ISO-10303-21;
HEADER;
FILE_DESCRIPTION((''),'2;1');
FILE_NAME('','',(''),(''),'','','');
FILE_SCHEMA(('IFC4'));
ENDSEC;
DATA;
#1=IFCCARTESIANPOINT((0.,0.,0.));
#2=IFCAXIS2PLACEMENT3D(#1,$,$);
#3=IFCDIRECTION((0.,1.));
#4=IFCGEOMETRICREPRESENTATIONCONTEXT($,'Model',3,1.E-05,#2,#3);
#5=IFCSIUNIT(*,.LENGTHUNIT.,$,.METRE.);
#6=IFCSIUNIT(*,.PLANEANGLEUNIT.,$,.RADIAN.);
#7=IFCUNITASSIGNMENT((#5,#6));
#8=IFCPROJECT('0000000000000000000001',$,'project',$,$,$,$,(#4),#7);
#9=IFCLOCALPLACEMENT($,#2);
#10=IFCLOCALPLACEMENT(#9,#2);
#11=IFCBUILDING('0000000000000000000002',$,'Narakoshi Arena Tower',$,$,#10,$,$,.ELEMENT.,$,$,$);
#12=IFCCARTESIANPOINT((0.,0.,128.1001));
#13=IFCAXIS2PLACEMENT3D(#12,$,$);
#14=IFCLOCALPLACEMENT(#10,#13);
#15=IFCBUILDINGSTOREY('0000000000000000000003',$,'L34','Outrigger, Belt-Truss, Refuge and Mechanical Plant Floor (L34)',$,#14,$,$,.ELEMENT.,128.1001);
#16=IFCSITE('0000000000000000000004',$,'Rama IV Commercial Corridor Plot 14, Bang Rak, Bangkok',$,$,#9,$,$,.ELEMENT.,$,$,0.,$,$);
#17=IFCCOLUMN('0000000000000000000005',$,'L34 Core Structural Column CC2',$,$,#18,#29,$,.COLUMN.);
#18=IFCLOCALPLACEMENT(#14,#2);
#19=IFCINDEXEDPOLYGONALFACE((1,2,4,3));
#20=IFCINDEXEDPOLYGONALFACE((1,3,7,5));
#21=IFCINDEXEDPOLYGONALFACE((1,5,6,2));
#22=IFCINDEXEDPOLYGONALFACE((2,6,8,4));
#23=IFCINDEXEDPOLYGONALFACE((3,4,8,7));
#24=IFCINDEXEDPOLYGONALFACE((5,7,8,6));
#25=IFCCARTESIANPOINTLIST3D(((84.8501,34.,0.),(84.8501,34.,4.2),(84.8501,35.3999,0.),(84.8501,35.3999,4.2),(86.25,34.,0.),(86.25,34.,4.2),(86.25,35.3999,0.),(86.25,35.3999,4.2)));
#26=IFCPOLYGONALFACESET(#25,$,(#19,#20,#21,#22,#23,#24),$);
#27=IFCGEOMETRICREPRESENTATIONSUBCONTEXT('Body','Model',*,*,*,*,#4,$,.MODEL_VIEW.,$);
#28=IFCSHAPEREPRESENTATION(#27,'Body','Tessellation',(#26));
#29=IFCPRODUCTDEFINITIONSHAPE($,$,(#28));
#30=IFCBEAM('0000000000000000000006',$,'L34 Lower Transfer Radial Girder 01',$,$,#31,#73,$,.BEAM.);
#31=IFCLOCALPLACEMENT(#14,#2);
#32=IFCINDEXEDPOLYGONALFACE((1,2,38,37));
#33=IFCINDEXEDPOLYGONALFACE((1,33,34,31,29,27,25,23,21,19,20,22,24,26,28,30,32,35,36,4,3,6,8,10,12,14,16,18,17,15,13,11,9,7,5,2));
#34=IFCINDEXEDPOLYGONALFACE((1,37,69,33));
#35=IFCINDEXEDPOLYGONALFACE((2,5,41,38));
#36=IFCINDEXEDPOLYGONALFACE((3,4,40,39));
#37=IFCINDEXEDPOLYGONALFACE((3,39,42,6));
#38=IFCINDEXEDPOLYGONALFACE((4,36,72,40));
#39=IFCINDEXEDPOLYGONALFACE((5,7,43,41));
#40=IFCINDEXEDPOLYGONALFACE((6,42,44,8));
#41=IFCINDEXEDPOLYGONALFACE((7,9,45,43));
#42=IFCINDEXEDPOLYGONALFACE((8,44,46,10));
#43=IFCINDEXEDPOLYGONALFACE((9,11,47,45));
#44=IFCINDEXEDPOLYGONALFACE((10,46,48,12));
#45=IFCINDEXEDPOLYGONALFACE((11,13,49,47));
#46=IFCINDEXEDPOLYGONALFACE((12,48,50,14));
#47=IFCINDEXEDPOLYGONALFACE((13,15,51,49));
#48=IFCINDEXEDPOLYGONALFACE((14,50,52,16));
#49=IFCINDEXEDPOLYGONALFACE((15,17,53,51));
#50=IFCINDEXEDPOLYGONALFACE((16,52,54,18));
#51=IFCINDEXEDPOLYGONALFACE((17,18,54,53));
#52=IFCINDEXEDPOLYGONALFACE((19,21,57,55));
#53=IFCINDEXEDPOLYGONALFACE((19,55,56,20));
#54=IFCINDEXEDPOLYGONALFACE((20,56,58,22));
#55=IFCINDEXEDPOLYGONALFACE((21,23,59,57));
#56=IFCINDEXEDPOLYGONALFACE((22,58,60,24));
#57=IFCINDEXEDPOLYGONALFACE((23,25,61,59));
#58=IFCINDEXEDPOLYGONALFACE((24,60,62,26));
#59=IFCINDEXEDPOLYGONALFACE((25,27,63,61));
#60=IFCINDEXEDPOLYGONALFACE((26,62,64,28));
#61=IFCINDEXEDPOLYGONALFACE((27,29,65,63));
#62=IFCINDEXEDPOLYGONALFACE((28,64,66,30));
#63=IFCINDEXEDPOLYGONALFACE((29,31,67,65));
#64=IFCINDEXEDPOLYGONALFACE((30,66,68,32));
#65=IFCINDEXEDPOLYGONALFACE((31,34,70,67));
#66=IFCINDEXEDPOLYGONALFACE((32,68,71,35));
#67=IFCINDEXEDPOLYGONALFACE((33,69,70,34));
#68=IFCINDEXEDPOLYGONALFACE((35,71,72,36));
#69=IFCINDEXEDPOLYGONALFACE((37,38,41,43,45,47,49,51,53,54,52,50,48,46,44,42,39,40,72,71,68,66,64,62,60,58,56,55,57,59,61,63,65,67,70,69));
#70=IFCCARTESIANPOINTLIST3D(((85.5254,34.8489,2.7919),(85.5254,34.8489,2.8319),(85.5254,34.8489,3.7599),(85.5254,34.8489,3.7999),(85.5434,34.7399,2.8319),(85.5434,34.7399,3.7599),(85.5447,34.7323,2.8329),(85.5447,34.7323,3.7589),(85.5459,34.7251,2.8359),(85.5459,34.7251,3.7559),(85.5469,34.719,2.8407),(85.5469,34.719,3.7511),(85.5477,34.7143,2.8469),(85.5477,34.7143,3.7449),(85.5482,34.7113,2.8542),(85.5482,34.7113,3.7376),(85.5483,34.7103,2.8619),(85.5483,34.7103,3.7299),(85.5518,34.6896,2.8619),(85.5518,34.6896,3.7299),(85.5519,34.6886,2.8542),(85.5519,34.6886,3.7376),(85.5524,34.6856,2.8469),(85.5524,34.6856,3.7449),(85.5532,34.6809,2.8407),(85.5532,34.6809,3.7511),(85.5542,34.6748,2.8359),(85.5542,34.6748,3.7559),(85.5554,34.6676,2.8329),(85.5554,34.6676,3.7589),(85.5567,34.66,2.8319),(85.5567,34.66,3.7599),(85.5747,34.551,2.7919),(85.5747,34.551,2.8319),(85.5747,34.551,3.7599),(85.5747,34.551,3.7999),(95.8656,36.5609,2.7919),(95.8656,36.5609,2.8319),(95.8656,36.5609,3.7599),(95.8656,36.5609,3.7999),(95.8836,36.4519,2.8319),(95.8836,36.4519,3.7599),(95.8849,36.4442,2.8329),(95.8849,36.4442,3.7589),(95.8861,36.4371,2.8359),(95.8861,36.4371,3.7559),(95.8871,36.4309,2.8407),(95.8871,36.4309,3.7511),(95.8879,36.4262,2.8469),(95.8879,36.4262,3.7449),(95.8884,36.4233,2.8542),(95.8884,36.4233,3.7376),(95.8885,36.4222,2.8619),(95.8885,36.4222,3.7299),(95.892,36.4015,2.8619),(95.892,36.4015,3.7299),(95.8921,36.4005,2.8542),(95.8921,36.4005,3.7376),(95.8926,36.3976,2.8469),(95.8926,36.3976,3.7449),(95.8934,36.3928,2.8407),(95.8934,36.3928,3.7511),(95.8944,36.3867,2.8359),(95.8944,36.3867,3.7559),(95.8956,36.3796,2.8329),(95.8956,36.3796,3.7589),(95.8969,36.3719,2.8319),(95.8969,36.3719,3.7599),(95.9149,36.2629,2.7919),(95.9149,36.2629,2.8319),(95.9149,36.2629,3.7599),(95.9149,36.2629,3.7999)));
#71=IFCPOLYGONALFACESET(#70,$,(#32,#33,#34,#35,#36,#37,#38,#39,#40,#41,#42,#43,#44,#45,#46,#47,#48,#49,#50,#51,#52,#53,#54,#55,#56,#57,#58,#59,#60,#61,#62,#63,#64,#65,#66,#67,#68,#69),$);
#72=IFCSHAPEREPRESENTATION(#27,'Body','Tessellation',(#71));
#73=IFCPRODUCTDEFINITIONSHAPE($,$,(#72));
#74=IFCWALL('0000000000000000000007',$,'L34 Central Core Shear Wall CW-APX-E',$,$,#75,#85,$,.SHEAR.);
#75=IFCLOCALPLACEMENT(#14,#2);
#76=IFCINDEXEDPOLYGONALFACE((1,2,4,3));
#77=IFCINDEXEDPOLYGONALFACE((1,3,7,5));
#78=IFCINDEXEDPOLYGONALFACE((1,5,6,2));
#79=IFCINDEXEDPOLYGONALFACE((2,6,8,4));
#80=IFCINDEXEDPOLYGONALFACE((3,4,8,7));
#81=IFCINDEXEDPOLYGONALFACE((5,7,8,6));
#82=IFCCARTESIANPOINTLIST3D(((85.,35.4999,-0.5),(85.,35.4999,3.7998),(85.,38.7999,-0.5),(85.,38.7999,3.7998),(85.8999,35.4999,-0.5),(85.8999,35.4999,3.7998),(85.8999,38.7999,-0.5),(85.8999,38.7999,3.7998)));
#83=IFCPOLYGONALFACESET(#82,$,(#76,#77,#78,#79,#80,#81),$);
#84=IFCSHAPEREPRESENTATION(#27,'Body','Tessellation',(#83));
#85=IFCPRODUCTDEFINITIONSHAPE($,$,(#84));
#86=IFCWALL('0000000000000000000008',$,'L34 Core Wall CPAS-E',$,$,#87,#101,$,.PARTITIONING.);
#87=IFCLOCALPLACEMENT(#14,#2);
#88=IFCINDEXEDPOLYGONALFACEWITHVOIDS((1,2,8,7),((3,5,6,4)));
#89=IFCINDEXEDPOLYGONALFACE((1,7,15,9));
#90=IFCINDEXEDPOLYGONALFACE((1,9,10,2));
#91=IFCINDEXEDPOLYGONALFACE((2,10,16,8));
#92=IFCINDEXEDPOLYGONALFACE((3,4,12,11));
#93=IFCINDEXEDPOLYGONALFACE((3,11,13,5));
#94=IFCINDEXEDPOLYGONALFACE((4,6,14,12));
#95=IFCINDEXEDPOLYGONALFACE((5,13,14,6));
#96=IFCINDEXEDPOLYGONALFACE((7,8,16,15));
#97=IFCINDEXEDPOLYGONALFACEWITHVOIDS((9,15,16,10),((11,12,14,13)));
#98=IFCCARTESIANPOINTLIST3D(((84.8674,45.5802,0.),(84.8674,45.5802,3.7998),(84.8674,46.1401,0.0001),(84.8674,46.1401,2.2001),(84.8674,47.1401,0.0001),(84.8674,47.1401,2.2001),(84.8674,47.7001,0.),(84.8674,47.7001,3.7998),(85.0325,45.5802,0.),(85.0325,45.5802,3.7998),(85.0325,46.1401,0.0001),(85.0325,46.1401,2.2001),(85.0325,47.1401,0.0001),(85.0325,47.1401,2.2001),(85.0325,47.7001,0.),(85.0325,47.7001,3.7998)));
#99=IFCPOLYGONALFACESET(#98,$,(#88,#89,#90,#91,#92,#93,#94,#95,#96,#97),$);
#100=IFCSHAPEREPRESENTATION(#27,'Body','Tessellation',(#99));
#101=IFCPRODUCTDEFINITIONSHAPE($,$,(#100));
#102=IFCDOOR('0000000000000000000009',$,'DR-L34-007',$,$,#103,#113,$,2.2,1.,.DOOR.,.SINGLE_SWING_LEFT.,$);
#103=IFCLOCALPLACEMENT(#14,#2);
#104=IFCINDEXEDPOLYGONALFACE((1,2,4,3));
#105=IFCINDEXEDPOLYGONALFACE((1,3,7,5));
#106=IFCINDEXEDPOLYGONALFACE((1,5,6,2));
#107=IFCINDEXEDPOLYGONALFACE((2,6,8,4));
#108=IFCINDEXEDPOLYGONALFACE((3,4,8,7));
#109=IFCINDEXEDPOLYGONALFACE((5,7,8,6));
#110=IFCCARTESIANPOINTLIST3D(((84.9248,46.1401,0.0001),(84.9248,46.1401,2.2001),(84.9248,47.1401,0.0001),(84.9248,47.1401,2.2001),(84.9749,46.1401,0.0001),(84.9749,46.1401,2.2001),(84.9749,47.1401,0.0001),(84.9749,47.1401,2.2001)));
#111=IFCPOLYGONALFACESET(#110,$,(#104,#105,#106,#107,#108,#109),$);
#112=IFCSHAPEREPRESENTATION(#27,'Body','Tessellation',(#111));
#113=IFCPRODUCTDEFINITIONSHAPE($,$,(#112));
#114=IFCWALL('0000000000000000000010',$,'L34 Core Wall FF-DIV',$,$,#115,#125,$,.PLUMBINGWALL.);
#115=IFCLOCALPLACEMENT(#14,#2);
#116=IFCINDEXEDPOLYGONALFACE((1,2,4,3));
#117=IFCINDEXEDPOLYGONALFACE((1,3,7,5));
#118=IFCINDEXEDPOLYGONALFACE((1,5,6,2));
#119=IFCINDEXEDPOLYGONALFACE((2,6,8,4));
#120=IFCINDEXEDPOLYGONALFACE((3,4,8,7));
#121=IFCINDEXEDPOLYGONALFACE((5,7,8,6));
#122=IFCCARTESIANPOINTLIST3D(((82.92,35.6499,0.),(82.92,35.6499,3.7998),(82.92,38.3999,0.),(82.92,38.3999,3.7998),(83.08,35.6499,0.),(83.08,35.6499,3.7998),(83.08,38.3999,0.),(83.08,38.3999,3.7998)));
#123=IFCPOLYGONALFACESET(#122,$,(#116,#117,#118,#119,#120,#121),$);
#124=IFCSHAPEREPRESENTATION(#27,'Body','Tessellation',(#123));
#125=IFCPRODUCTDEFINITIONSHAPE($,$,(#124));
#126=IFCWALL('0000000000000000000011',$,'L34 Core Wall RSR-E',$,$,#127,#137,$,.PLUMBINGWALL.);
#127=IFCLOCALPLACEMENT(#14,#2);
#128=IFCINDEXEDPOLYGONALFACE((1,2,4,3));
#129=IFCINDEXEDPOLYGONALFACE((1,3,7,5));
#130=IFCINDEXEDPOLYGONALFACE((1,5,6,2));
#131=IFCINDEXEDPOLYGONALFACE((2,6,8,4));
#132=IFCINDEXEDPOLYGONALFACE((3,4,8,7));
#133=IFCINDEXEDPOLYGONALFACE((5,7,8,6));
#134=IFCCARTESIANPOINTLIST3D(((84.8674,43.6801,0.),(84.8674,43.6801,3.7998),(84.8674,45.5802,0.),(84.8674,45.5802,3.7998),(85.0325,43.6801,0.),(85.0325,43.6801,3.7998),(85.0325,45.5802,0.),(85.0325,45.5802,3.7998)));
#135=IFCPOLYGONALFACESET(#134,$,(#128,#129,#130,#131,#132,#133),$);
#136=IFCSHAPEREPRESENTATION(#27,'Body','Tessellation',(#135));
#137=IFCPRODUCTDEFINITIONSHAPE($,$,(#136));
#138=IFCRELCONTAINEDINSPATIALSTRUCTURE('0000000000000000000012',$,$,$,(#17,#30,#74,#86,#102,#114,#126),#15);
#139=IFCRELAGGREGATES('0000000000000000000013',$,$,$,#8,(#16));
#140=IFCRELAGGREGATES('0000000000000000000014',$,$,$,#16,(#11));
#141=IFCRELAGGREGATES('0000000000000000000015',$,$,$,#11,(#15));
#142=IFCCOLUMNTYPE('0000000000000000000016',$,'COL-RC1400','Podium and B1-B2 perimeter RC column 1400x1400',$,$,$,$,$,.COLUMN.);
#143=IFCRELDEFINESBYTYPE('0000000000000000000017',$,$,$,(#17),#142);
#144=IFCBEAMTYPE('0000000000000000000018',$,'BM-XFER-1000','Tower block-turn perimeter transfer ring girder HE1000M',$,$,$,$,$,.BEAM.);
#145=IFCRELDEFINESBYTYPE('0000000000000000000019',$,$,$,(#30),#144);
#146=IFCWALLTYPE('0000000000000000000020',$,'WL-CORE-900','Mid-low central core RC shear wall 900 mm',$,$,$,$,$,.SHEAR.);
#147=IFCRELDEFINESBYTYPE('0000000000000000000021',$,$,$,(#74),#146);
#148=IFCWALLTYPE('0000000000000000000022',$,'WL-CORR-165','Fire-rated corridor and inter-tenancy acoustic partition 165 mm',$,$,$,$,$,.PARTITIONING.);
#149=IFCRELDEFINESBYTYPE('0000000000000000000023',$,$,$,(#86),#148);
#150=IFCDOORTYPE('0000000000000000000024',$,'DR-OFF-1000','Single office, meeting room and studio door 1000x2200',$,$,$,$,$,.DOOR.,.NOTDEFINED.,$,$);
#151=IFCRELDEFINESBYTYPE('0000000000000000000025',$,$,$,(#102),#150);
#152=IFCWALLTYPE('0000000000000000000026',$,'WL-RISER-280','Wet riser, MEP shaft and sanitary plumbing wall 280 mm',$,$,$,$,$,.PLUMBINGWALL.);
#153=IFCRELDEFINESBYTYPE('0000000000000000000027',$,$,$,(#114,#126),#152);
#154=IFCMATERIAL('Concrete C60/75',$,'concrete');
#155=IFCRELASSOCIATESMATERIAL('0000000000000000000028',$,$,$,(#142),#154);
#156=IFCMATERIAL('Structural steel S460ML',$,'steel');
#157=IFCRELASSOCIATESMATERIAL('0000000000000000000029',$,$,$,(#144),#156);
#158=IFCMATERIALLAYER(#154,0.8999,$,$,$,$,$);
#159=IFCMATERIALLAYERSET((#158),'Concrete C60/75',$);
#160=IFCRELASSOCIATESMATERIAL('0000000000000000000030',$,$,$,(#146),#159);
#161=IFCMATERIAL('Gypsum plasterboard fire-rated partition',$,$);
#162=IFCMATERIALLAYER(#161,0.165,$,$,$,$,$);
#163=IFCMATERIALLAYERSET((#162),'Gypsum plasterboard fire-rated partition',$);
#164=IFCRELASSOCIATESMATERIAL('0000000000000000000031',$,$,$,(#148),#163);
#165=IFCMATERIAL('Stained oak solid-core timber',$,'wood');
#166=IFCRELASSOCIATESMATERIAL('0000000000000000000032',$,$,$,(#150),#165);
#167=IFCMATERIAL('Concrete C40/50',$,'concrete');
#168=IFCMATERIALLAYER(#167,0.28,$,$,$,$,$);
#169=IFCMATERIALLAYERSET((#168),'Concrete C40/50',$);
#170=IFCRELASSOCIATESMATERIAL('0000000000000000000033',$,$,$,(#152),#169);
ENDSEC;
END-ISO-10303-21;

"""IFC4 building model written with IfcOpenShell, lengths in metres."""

from ifc_helpers import new_model, si_unit, direction, frame, frame_2d, origin, origin_2d, place, context, subcontext, project, spatial, rectangle, i_section, extrude, material, layer, layer_set, material_profile, profile_set, type_object, element, fill, save


model = new_model("IFC4")

# Units and contexts
model_context = context("Model", 3, precision=1e-05, world=origin(), true_north=direction((0.0, 1.0)))
body_context = subcontext(model_context, "Body", "Model", "MODEL_VIEW")
ifc_project = project(units=[si_unit("LENGTHUNIT", "METRE"), si_unit("PLANEANGLEUNIT", "RADIAN")], contexts=[model_context])

# Site, building, storey
site_placement = place(None, origin())
site = spatial("IfcSite", under=ifc_project, at=site_placement, Name="Rama IV Commercial Corridor Plot 14, Bang Rak, Bangkok", CompositionType="ELEMENT", RefElevation=0.0)
building_placement = place(site_placement, origin())
building = spatial("IfcBuilding", under=site, at=building_placement, Name="Narakoshi Arena Tower", CompositionType="ELEMENT")
storey_placement = place(building_placement, frame((0.0, 0.0, 128.1001)))
storey = spatial("IfcBuildingStorey", under=building, at=storey_placement, Name="L34", Description="Outrigger, Belt-Truss, Refuge and Mechanical Plant Floor (L34)", CompositionType="ELEMENT", Elevation=128.1001)

# Column
ifc_material_1 = material(Name="Concrete C60/75", Category="concrete")
ifc_material_profile_1 = material_profile(ifc_material_1, rectangle(XDim=1.3999, YDim=1.3999, at=origin_2d()), Name="RC1400x1400")
ifc_profile_set_1 = profile_set([ifc_material_profile_1], Name="Concrete C60/75")
column_type = type_object("IfcColumnType", Name="COL-RC1400", Description="Podium and B1-B2 perimeter RC column 1400x1400", PredefinedType="COLUMN", material=ifc_profile_set_1)
column_placement = place(storey_placement, frame((85.55, 34.7, 0.0), z_axis=(0.0, 0.0, 1.0), x_axis=(1.0, 0.0, 0.0)))
element("IfcColumn", 1, at=column_placement, inside=storey, type_object=column_type, Name="L34 Core Structural Column CC2", PredefinedType="COLUMN", context=body_context, shape_type="SweptSolid", body=[
    extrude(rectangle(XDim=1.3999, YDim=1.3999, at=origin_2d()), origin(), (0.0, 0.0, 1.0), 4.2),
])

# Beam
ifc_material_2 = material(Name="Structural steel S460ML", Category="steel")
ifc_material_profile_2 = material_profile(ifc_material_2, i_section(OverallWidth=0.302, OverallDepth=1.0081, WebThickness=0.021, FlangeThickness=0.04, FilletRadius=0.03, at=origin_2d()), Name="HE1000M")
ifc_profile_set_2 = profile_set([ifc_material_profile_2], Name="Structural steel S460ML")
beam_type = type_object("IfcBeamType", Name="BM-XFER-1000", Description="Tower block-turn perimeter transfer ring girder HE1000M", PredefinedType="BEAM", material=ifc_profile_set_2)
beam_placement = place(storey_placement, frame((85.55, 34.7, 3.2959), z_axis=(0.98657, 0.163337, 0.0), x_axis=(-0.163337, 0.98657, 0.0)))
element("IfcBeam", 2, at=beam_placement, inside=storey, type_object=beam_type, Name="L34 Lower Transfer Radial Girder 01", PredefinedType="BEAM", context=body_context, shape_type="SweptSolid", body=[
    extrude(i_section(OverallWidth=0.302, OverallDepth=1.0081, WebThickness=0.021, FlangeThickness=0.04, FilletRadius=0.03, at=origin_2d()), origin(), (0.0, 0.0, 1.0), 10.481),
])

# Wall
ifc_layer_1 = layer(ifc_material_1, 0.8999)
ifc_layer_set_1 = layer_set([ifc_layer_1], Name="Concrete C60/75")
wall_type_1 = type_object("IfcWallType", Name="WL-CORE-900", Description="Mid-low central core RC shear wall 900 mm", PredefinedType="SHEAR", material=ifc_layer_set_1)
wall_1_placement = place(storey_placement, frame((85.45, 35.5, -0.5), z_axis=(0.0, 0.0, 1.0), x_axis=(0.0, 1.0, 0.0)))
element("IfcWall", 3, at=wall_1_placement, inside=storey, type_object=wall_type_1, Name="L34 Central Core Shear Wall CW-APX-E", PredefinedType="SHEAR", context=body_context, shape_type="SweptSolid", body=[
    extrude(rectangle(XDim=3.3, YDim=0.8999, at=frame_2d((1.6499, 0.0))), origin(), (0.0, 0.0, 1.0), 4.2998),
])

# Wall, opening, door
ifc_material_3 = material(Name="Gypsum plasterboard fire-rated partition")
ifc_layer_2 = layer(ifc_material_3, 0.165)
ifc_layer_set_2 = layer_set([ifc_layer_2], Name="Gypsum plasterboard fire-rated partition")
wall_type_2 = type_object("IfcWallType", Name="WL-CORR-165", Description="Fire-rated corridor and inter-tenancy acoustic partition 165 mm", PredefinedType="PARTITIONING", material=ifc_layer_set_2)
wall_2_placement = place(storey_placement, frame((84.95, 45.5801, 0.0), z_axis=(0.0, 0.0, 1.0), x_axis=(0.0, 1.0, 0.0)))
wall_2 = element("IfcWall", 4, at=wall_2_placement, inside=storey, type_object=wall_type_2, Name="L34 Core Wall CPAS-E", PredefinedType="PARTITIONING", context=body_context, shape_type="SweptSolid", body=[
    extrude(rectangle(XDim=2.1199, YDim=0.165, at=frame_2d((1.0601, 0.0))), origin(), (0.0, 0.0, 1.0), 3.7998),
])
opening_1_placement = place(wall_2_placement, frame((0.5601, 0.0, 0.0)))
opening_1 = element("IfcOpeningElement", 5, at=opening_1_placement, cuts=wall_2, PredefinedType="OPENING", context=body_context, shape_type="SweptSolid", body=[
    extrude(rectangle(XDim=1.0, YDim=2.2, at=frame_2d((0.5, 1.1001))), frame((0.0, 0.0925, 0.0), z_axis=(0.0, -1.0, 0.0), x_axis=(1.0, 0.0, 0.0)), (0.0, 0.0, 1.0), 0.1851),
])
ifc_material_4 = material(Name="Stained oak solid-core timber", Category="wood")
door_type_1 = type_object("IfcDoorType", Name="DR-OFF-1000", Description="Single office, meeting room and studio door 1000x2200", OperationType="NOTDEFINED", PredefinedType="DOOR", material=ifc_material_4)
door_1_placement = place(opening_1_placement, frame((1.0, 0.0, 0.0), z_axis=(0.0, 0.0, 1.0), x_axis=(-1.0, 0.0, 0.0)))
door_1 = element("IfcDoor", 6, at=door_1_placement, inside=storey, type_object=door_type_1, Name="DR-L34-007", OperationType="SINGLE_SWING_LEFT", OverallHeight=2.2, OverallWidth=1.0, PredefinedType="DOOR", context=body_context, shape_type="SweptSolid", body=[
    extrude(rectangle(XDim=1.0, YDim=2.2, at=frame_2d((0.5, 1.1001))), frame((0.0, 0.0249, 0.0), z_axis=(0.0, -1.0, 0.0), x_axis=(1.0, 0.0, 0.0)), (0.0, 0.0, 1.0), 0.05),
])
fill(opening_1, door_1)

# Walls
ifc_material_5 = material(Name="Concrete C40/50", Category="concrete")
ifc_layer_3 = layer(ifc_material_5, 0.28)
ifc_layer_set_3 = layer_set([ifc_layer_3], Name="Concrete C40/50")
wall_type_3 = type_object("IfcWallType", Name="WL-RISER-280", Description="Wet riser, MEP shaft and sanitary plumbing wall 280 mm", PredefinedType="PLUMBINGWALL", material=ifc_layer_set_3)
wall_3_placement = place(storey_placement, frame((83.0, 35.6499, 0.0), z_axis=(0.0, 0.0, 1.0), x_axis=(0.0, 1.0, 0.0)))
element("IfcWall", 7, at=wall_3_placement, inside=storey, type_object=wall_type_3, Name="L34 Core Wall FF-DIV", PredefinedType="PLUMBINGWALL", context=body_context, shape_type="SweptSolid", body=[
    extrude(rectangle(XDim=2.75, YDim=0.1599, at=frame_2d((1.375, 0.0))), origin(), (0.0, 0.0, 1.0), 3.7998),
])
wall_4_placement = place(storey_placement, frame((84.95, 43.6799, 0.0), z_axis=(0.0, 0.0, 1.0), x_axis=(0.0, 1.0, 0.0)))
element("IfcWall", 8, at=wall_4_placement, inside=storey, type_object=wall_type_3, Name="L34 Core Wall RSR-E", PredefinedType="PLUMBINGWALL", context=body_context, shape_type="SweptSolid", body=[
    extrude(rectangle(XDim=1.9001, YDim=0.165, at=frame_2d((0.9502, 0.0))), origin(), (0.0, 0.0, 1.0), 3.7998),
])

save(model, "model.ifc")
